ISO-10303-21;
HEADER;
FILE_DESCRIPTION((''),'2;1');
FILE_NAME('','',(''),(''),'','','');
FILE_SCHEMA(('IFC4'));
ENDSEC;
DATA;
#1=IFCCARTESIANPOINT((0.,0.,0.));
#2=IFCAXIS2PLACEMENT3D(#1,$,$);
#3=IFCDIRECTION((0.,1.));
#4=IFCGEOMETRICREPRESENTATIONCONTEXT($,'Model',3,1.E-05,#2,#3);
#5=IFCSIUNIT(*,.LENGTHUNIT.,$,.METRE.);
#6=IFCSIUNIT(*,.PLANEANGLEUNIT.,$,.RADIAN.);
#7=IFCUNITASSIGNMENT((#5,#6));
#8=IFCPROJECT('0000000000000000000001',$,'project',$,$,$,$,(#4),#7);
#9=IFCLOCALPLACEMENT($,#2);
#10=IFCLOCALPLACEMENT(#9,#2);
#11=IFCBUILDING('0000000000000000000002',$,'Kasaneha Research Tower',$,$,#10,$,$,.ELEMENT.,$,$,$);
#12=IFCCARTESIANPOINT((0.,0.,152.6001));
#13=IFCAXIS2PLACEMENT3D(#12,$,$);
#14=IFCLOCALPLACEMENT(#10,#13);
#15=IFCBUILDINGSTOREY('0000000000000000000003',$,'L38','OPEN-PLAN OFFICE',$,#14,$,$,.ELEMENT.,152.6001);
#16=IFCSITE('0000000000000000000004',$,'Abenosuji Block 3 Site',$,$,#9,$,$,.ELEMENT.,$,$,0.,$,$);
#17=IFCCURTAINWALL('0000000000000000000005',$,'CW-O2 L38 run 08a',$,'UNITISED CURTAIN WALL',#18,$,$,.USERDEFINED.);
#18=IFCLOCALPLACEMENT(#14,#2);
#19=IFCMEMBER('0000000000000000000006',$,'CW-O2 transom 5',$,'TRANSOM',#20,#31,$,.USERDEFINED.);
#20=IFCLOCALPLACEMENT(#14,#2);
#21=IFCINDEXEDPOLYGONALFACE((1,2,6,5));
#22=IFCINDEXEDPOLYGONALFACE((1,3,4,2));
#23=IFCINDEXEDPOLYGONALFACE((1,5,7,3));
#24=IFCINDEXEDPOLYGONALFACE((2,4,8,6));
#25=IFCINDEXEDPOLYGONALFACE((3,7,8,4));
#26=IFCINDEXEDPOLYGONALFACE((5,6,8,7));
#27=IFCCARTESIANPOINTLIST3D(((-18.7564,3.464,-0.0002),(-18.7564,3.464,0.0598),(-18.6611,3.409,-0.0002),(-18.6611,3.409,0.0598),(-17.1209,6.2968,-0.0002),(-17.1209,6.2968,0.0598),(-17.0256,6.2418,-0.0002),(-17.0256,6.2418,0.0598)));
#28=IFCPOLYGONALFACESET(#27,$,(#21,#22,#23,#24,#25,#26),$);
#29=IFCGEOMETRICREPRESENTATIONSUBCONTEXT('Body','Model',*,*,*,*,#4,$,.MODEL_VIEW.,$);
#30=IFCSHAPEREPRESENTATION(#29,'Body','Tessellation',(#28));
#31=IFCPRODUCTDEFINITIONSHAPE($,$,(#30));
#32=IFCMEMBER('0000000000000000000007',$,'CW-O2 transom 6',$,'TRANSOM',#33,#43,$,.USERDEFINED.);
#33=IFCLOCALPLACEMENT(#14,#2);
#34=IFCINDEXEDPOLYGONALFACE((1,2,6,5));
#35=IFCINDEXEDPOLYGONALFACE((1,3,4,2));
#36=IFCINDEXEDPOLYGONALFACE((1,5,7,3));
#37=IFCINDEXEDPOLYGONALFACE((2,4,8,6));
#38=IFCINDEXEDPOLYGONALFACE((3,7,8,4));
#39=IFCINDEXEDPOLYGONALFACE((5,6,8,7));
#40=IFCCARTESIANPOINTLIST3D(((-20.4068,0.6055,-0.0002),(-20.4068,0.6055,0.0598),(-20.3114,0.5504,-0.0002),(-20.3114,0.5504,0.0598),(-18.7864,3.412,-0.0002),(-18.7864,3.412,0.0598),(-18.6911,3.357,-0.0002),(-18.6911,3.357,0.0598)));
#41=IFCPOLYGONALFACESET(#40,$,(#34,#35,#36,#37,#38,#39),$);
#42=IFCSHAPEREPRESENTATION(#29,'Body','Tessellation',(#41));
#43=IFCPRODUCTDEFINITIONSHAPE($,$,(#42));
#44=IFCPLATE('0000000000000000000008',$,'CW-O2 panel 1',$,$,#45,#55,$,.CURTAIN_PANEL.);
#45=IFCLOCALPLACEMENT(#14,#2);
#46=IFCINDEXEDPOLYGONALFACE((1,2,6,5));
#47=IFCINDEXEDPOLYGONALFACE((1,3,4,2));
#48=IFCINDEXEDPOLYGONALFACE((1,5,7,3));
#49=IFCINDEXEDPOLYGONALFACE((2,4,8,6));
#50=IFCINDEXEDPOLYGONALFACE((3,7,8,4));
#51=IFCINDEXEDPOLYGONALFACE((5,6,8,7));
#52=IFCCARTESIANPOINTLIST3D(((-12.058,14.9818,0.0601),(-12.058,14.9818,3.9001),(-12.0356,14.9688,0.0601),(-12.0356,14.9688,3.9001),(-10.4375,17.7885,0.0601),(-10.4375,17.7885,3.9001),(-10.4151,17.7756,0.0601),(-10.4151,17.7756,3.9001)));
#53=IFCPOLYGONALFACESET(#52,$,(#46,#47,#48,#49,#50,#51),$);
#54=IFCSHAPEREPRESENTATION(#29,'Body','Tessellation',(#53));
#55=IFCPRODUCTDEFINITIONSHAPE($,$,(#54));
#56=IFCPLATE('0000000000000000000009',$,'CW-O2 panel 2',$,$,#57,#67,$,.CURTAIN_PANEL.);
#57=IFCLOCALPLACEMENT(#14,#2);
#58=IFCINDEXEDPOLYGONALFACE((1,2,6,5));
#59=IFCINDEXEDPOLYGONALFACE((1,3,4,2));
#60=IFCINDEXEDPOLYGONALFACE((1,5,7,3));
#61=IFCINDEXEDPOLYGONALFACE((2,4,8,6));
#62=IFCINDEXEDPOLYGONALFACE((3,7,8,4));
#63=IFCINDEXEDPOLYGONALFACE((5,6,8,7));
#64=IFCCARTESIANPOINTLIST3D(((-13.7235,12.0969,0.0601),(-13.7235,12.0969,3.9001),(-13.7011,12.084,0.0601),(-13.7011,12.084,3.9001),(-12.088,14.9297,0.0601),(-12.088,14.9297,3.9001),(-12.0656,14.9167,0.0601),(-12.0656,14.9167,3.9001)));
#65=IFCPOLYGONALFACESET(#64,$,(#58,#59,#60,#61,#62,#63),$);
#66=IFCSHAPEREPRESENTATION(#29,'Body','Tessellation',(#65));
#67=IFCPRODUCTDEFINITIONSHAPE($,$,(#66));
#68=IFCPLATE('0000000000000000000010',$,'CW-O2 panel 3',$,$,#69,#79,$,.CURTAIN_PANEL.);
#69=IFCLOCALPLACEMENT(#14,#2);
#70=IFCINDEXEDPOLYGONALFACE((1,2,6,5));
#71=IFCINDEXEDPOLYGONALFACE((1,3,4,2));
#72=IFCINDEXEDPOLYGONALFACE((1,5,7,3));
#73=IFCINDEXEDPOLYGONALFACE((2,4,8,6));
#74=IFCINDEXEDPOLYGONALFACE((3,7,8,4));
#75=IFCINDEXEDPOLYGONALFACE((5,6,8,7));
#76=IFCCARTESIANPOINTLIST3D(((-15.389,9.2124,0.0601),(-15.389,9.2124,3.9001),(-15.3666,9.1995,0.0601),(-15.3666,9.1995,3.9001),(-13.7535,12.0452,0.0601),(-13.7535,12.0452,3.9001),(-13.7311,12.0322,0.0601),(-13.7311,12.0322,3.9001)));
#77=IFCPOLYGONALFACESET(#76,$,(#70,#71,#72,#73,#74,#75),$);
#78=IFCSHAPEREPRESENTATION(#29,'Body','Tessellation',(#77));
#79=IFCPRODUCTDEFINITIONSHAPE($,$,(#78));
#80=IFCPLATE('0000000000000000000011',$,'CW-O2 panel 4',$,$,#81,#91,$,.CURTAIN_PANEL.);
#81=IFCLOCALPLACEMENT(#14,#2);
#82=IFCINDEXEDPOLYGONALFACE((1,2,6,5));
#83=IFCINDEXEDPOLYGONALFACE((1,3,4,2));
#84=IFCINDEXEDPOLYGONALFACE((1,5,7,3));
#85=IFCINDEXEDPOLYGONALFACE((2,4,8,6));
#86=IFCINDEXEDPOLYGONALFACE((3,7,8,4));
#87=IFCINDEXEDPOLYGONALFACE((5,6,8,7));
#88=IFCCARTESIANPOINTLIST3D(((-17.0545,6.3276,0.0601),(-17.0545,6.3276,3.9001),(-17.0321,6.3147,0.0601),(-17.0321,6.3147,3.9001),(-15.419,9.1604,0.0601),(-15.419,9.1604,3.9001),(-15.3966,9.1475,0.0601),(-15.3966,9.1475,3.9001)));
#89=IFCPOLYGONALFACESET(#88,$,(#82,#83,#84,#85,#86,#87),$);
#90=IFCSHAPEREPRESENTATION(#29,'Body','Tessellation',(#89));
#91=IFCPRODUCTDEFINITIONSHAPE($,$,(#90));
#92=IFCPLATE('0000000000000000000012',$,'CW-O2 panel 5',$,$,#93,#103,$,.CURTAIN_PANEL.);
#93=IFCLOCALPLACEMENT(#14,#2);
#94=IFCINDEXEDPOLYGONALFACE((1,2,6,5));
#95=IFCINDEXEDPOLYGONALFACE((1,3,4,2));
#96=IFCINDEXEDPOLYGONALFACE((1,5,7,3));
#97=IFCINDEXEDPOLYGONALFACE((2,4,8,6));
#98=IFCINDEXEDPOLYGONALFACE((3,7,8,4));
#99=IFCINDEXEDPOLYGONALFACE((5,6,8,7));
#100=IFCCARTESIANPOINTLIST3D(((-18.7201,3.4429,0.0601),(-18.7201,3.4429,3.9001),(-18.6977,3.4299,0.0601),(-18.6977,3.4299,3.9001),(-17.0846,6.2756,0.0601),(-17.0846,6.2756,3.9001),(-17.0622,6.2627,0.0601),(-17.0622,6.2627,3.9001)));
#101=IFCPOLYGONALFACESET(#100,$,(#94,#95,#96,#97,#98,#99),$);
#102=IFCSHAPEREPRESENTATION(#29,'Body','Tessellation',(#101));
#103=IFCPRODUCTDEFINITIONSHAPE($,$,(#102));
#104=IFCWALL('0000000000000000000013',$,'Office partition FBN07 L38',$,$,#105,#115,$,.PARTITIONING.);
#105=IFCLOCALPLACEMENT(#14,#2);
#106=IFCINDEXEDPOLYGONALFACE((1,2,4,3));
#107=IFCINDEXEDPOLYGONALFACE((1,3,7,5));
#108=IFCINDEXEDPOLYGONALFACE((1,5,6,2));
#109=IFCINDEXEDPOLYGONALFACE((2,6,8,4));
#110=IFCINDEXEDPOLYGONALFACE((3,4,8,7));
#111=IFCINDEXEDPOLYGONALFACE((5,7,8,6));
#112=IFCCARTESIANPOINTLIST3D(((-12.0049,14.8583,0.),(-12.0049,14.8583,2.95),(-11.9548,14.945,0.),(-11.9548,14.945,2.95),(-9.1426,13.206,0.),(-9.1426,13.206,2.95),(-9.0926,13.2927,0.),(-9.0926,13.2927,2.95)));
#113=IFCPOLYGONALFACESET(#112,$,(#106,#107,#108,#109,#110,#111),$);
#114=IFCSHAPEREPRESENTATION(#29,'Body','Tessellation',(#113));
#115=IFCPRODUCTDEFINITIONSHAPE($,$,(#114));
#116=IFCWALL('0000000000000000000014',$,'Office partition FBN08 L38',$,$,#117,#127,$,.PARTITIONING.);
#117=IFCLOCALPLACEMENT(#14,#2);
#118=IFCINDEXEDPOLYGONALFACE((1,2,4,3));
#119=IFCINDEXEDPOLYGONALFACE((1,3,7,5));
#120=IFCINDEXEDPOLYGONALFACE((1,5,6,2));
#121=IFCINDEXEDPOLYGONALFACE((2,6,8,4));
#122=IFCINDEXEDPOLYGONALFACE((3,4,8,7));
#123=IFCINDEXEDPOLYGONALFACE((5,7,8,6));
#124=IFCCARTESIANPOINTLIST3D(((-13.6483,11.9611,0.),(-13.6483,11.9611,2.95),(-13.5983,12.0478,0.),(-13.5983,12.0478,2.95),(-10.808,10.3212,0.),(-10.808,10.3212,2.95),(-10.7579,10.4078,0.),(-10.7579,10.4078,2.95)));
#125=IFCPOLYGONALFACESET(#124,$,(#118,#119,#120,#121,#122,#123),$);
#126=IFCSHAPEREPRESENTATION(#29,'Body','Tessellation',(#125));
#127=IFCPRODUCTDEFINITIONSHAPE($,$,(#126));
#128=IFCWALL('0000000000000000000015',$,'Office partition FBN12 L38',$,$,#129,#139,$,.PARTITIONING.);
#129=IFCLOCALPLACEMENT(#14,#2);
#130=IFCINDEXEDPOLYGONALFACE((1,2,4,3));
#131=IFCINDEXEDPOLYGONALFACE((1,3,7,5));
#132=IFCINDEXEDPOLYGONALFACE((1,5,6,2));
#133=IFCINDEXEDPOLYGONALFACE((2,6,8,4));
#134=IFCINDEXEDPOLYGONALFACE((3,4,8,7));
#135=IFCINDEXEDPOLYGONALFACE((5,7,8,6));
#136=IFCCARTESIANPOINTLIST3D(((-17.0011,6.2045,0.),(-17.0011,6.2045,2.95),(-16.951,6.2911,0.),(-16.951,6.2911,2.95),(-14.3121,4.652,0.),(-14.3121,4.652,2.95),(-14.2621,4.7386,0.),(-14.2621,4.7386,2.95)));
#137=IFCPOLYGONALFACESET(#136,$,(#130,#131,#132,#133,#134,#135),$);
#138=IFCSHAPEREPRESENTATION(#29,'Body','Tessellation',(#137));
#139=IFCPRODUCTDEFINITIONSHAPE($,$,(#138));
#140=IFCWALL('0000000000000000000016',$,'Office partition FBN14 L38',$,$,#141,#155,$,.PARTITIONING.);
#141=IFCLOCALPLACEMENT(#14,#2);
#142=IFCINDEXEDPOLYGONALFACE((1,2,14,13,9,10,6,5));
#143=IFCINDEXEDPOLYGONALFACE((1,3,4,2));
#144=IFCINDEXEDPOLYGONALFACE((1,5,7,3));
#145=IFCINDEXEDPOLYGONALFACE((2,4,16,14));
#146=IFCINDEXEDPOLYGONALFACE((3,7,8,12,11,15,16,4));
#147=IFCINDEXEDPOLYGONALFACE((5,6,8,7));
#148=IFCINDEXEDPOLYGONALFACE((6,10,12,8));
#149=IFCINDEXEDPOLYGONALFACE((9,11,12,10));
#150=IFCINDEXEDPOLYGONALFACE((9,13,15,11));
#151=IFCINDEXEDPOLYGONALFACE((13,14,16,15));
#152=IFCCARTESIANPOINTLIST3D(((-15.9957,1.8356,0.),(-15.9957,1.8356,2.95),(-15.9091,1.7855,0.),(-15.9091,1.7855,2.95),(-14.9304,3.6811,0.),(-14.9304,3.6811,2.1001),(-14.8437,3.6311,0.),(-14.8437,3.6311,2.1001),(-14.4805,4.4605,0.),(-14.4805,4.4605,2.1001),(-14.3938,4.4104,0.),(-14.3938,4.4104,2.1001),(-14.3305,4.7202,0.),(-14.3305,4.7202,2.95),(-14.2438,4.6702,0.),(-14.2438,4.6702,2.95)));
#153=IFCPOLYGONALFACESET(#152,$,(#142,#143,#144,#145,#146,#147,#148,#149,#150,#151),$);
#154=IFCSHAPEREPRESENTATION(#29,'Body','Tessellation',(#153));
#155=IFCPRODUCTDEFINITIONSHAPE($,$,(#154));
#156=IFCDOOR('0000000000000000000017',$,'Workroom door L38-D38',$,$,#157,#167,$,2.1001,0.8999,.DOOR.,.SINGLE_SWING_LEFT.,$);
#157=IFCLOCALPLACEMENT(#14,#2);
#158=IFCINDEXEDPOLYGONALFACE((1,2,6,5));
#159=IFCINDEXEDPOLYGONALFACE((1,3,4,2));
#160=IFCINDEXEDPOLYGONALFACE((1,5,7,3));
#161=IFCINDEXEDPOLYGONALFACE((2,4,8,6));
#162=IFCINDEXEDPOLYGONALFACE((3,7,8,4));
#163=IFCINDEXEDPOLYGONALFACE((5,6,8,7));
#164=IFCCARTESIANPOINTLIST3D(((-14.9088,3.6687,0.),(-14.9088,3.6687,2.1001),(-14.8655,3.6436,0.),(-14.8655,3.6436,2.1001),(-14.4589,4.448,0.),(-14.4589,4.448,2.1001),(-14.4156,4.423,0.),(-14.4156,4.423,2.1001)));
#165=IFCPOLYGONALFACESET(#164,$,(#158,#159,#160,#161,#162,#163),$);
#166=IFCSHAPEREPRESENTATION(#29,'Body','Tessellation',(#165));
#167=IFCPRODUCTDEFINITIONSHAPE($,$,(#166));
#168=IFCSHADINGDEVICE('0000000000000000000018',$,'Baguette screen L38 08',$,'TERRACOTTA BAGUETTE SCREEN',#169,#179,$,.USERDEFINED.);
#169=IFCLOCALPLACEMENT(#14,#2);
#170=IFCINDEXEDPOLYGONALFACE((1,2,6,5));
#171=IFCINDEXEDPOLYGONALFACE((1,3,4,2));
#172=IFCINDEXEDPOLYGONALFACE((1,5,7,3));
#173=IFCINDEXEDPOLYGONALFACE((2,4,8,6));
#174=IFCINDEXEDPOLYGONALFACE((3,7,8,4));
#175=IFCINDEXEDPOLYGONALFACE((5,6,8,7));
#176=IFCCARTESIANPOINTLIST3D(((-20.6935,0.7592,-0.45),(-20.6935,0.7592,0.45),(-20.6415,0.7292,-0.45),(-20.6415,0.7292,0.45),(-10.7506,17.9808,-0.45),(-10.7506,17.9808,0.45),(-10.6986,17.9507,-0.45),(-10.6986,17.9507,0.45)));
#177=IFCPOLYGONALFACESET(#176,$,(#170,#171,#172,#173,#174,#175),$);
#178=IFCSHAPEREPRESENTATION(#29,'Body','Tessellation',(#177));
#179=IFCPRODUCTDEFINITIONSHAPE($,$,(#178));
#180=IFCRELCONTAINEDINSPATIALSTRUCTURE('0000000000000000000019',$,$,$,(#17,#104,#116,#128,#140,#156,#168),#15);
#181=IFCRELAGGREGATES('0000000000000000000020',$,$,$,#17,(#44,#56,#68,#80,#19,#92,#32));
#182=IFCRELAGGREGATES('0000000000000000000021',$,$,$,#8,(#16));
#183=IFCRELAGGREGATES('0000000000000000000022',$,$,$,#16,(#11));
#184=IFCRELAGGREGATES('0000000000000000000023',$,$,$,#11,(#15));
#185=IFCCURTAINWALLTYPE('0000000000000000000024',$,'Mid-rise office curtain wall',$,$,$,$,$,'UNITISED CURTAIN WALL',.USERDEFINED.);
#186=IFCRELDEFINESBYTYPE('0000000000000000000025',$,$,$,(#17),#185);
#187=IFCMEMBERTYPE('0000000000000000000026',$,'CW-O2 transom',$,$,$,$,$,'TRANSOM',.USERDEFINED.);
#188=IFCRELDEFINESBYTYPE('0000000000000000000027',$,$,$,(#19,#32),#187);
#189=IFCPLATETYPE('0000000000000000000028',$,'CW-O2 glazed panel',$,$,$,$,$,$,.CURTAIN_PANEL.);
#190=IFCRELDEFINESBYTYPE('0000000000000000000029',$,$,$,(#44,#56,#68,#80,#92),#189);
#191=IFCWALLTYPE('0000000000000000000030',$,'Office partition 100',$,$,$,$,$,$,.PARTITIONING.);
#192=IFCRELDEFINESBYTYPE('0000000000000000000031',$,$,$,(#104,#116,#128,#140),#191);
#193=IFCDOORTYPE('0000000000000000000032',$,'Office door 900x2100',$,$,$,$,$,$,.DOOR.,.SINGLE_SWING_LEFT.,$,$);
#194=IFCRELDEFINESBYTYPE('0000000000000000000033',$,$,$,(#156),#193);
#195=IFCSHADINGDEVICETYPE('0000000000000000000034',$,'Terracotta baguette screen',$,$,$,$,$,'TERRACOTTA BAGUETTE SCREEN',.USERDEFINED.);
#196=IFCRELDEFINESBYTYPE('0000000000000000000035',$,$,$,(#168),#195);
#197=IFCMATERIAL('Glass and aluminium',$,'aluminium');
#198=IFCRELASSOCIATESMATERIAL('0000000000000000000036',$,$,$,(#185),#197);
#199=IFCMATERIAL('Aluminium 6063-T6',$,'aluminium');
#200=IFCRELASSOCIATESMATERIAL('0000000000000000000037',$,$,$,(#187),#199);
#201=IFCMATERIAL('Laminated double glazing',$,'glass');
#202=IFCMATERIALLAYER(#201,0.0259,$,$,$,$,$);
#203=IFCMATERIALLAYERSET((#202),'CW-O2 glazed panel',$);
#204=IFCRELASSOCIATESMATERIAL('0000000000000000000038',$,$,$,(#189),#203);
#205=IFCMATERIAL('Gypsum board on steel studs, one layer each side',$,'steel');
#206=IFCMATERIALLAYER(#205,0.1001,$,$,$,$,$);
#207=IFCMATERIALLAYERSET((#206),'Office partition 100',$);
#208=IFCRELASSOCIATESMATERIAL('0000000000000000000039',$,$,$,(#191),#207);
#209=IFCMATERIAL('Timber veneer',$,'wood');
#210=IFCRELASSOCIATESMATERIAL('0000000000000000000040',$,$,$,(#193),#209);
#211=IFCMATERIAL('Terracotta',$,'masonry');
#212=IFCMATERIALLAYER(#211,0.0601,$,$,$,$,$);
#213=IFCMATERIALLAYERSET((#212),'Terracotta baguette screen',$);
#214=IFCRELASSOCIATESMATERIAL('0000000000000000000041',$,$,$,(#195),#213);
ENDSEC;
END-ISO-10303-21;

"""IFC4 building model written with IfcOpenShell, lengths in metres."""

from ifc_helpers import new_model, si_unit, direction, frame, frame_2d, origin, origin_2d, place, context, subcontext, project, spatial, rectangle, extrude, material, layer, layer_set, material_profile, profile_set, type_object, element, fill, aggregate, save


model = new_model("IFC4")

# Units and contexts
model_context = context("Model", 3, precision=1e-05, world=origin(), true_north=direction((0.0, 1.0)))
body_context = subcontext(model_context, "Body", "Model", "MODEL_VIEW")
ifc_project = project(units=[si_unit("LENGTHUNIT", "METRE"), si_unit("PLANEANGLEUNIT", "RADIAN")], contexts=[model_context])

# Site, building, storey
site_placement = place(None, origin())
site = spatial("IfcSite", under=ifc_project, at=site_placement, Name="Abenosuji Block 3 Site", CompositionType="ELEMENT", RefElevation=0.0)
building_placement = place(site_placement, origin())
building = spatial("IfcBuilding", under=site, at=building_placement, Name="Kasaneha Research Tower", CompositionType="ELEMENT")
storey_placement = place(building_placement, frame((0.0, 0.0, 152.6001)))
storey = spatial("IfcBuildingStorey", under=building, at=storey_placement, Name="L38", Description="OPEN-PLAN OFFICE", CompositionType="ELEMENT", Elevation=152.6001)

# Shared definitions
ifc_material_1 = material(Name="Glass and aluminium", Category="aluminium")
curtain_wall_type = type_object("IfcCurtainWallType", Name="Mid-rise office curtain wall", ElementType="UNITISED CURTAIN WALL", PredefinedType="USERDEFINED", material=ifc_material_1)

# Curtain wall, members, plates
curtain_wall_1_placement = place(storey_placement, origin())
curtain_wall_1 = element("IfcCurtainWall", 1, at=curtain_wall_1_placement, inside=storey, type_object=curtain_wall_type, Name="CW-O2 L38 run 08a", ObjectType="UNITISED CURTAIN WALL", PredefinedType="USERDEFINED")
ifc_material_2 = material(Name="Aluminium 6063-T6", Category="aluminium")
ifc_material_profile_1 = material_profile(ifc_material_2, rectangle(XDim=0.1101, YDim=0.0601, at=origin_2d()), Name="CW-O2 transom 110x60")
ifc_profile_set_1 = profile_set([ifc_material_profile_1], Name="Aluminium 6063-T6")
member_type_1 = type_object("IfcMemberType", Name="CW-O2 transom", ElementType="TRANSOM", PredefinedType="USERDEFINED", material=ifc_profile_set_1)
member_1_placement = place(storey_placement, frame((-17.0732, 6.2693, 0.0298), z_axis=(-0.5, -0.866025, 0.0), x_axis=(0.866025, -0.5, 0.0)))
member_1 = element("IfcMember", 2, at=member_1_placement, type_object=member_type_1, Name="CW-O2 transom 5", ObjectType="TRANSOM", PredefinedType="USERDEFINED", context=body_context, shape_type="SweptSolid", body=[
    extrude(rectangle(XDim=0.1101, YDim=0.0601, at=origin_2d()), origin(), (0.0, 0.0, 1.0), 3.271),
])
member_2_placement = place(storey_placement, frame((-18.7388, 3.3845, 0.0298), z_axis=(-0.499988, -0.866033, 0.0), x_axis=(0.866033, -0.499988, 0.0)))
member_2 = element("IfcMember", 3, at=member_2_placement, type_object=member_type_1, Name="CW-O2 transom 6", ObjectType="TRANSOM", PredefinedType="USERDEFINED", context=body_context, shape_type="SweptSolid", body=[
    extrude(rectangle(XDim=0.1101, YDim=0.0601, at=origin_2d()), origin(), (0.0, 0.0, 1.0), 3.2407),
])
ifc_material_3 = material(Name="Laminated double glazing", Category="glass")
ifc_layer_1 = layer(ifc_material_3, 0.0259)
ifc_layer_set_1 = layer_set([ifc_layer_1], Name="CW-O2 glazed panel")
plate_type = type_object("IfcPlateType", Name="CW-O2 glazed panel", PredefinedType="CURTAIN_PANEL", material=ifc_layer_set_1)
plate_1_placement = place(storey_placement, frame((-11.2366, 16.3787, 0.0601), z_axis=(0.0, 0.0, 1.0), x_axis=(-0.5, -0.866025, 0.0)))
plate_1 = element("IfcPlate", 4, at=plate_1_placement, type_object=plate_type, Name="CW-O2 panel 1", PredefinedType="CURTAIN_PANEL", context=body_context, shape_type="SweptSolid", body=[
    extrude(rectangle(XDim=3.241, YDim=0.0259, at=origin_2d()), origin(), (0.0, 0.0, 1.0), 3.8401),
])
plate_2_placement = place(storey_placement, frame((-12.8945, 13.5068, 0.0601), z_axis=(0.0, 0.0, 1.0), x_axis=(-0.5, -0.866025, 0.0)))
plate_2 = element("IfcPlate", 5, at=plate_2_placement, type_object=plate_type, Name="CW-O2 panel 2", PredefinedType="CURTAIN_PANEL", context=body_context, shape_type="SweptSolid", body=[
    extrude(rectangle(XDim=3.271, YDim=0.0259, at=origin_2d()), origin(), (0.0, 0.0, 1.0), 3.8401),
])
plate_3_placement = place(storey_placement, frame((-14.5601, 10.6223, 0.0601), z_axis=(0.0, 0.0, 1.0), x_axis=(-0.5, -0.866025, 0.0)))
plate_3 = element("IfcPlate", 6, at=plate_3_placement, type_object=plate_type, Name="CW-O2 panel 3", PredefinedType="CURTAIN_PANEL", context=body_context, shape_type="SweptSolid", body=[
    extrude(rectangle(XDim=3.271, YDim=0.0259, at=origin_2d()), origin(), (0.0, 0.0, 1.0), 3.8401),
])
plate_4_placement = place(storey_placement, frame((-16.2256, 7.7375, 0.0601), z_axis=(0.0, 0.0, 1.0), x_axis=(-0.5, -0.866025, 0.0)))
plate_4 = element("IfcPlate", 7, at=plate_4_placement, type_object=plate_type, Name="CW-O2 panel 4", PredefinedType="CURTAIN_PANEL", context=body_context, shape_type="SweptSolid", body=[
    extrude(rectangle(XDim=3.271, YDim=0.0259, at=origin_2d()), origin(), (0.0, 0.0, 1.0), 3.8401),
])
plate_5_placement = place(storey_placement, frame((-17.8911, 4.8528, 0.0601), z_axis=(0.0, 0.0, 1.0), x_axis=(-0.5, -0.866025, 0.0)))
plate_5 = element("IfcPlate", 8, at=plate_5_placement, type_object=plate_type, Name="CW-O2 panel 5", PredefinedType="CURTAIN_PANEL", context=body_context, shape_type="SweptSolid", body=[
    extrude(rectangle(XDim=3.271, YDim=0.0259, at=origin_2d()), origin(), (0.0, 0.0, 1.0), 3.8401),
])
aggregate(curtain_wall_1, [plate_1, plate_2, plate_3, plate_4, member_1, plate_5, member_2])

# Walls
ifc_material_4 = material(Name="Gypsum board on steel studs, one layer each side", Category="steel")
ifc_layer_2 = layer(ifc_material_4, 0.1001)
ifc_layer_set_2 = layer_set([ifc_layer_2], Name="Office partition 100")
wall_type = type_object("IfcWallType", Name="Office partition 100", PredefinedType="PARTITIONING", material=ifc_layer_set_2)
wall_1_placement = place(storey_placement, frame((-11.9797, 14.9016, 0.0), z_axis=(0.0, 0.0, 1.0), x_axis=(0.866053, -0.499953, 0.0)))
element("IfcWall", 9, at=wall_1_placement, inside=storey, type_object=wall_type, Name="Office partition FBN07 L38", PredefinedType="PARTITIONING", context=body_context, shape_type="SweptSolid", body=[
    extrude(rectangle(XDim=3.3049, YDim=0.1001, at=frame_2d((1.6523, 0.0))), origin(), (0.0, 0.0, 1.0), 2.95),
])
wall_2_placement = place(storey_placement, frame((-10.783, 10.3645, 0.0), z_axis=(0.0, 0.0, 1.0), x_axis=(-0.866022, 0.500006, 0.0)))
element("IfcWall", 10, at=wall_2_placement, inside=storey, type_object=wall_type, Name="Office partition FBN08 L38", PredefinedType="PARTITIONING", context=body_context, shape_type="SweptSolid", body=[
    extrude(rectangle(XDim=3.2798, YDim=0.1001, at=frame_2d((1.6399, 0.0))), origin(), (0.0, 0.0, 1.0), 2.95),
])
wall_3_placement = place(storey_placement, frame((-16.9761, 6.2478, 0.0), z_axis=(0.0, 0.0, 1.0), x_axis=(0.866023, -0.500004, 0.0)))
element("IfcWall", 11, at=wall_3_placement, inside=storey, type_object=wall_type, Name="Office partition FBN12 L38", PredefinedType="PARTITIONING", context=body_context, shape_type="SweptSolid", body=[
    extrude(rectangle(XDim=3.105, YDim=0.1001, at=frame_2d((1.5525, 0.0))), origin(), (0.0, 0.0, 1.0), 2.95),
])

# Wall, opening, door
wall_4_placement = place(storey_placement, frame((-14.2871, 4.6953, 0.0), z_axis=(0.0, 0.0, 1.0), x_axis=(-0.499947, -0.866056, 0.0)))
wall_4 = element("IfcWall", 12, at=wall_4_placement, inside=storey, type_object=wall_type, Name="Office partition FBN14 L38", PredefinedType="PARTITIONING", context=body_context, shape_type="SweptSolid", body=[
    extrude(rectangle(XDim=3.3308, YDim=0.1001, at=frame_2d((1.6655, 0.0))), origin(), (0.0, 0.0, 1.0), 2.95),
])
opening_placement = place(wall_4_placement, frame((0.3, 0.0, 0.0)))
opening = element("IfcOpeningElement", 13, at=opening_placement, cuts=wall_4, PredefinedType="OPENING", context=body_context, shape_type="SweptSolid", body=[
    extrude(rectangle(XDim=0.8999, YDim=2.1001, at=frame_2d((0.45, 1.05))), frame((0.0, 0.0601, 0.0), z_axis=(0.0, -1.0, 0.0), x_axis=(1.0, 0.0, 0.0)), (0.0, 0.0, 1.0), 0.1201),
])
ifc_material_5 = material(Name="Timber veneer", Category="wood")
door_type = type_object("IfcDoorType", Name="Office door 900x2100", OperationType="SINGLE_SWING_LEFT", PredefinedType="DOOR", material=ifc_material_5)
door_placement = place(opening_placement, origin())
door = element("IfcDoor", 14, at=door_placement, inside=storey, type_object=door_type, Name="Workroom door L38-D38", OperationType="SINGLE_SWING_LEFT", OverallHeight=2.1001, OverallWidth=0.8999, PredefinedType="DOOR", context=body_context, shape_type="SweptSolid", body=[
    extrude(rectangle(XDim=0.8999, YDim=2.1001, at=frame_2d((0.45, 1.05))), frame((0.0, 0.0249, 0.0), z_axis=(0.0, -1.0, 0.0), x_axis=(1.0, 0.0, 0.0)), (0.0, 0.0, 1.0), 0.05),
])
fill(opening, door)

# Shading device
ifc_material_6 = material(Name="Terracotta", Category="masonry")
ifc_layer_3 = layer(ifc_material_6, 0.0601)
ifc_layer_set_3 = layer_set([ifc_layer_3], Name="Terracotta baguette screen")
shading_device_type = type_object("IfcShadingDeviceType", Name="Terracotta baguette screen", ElementType="TERRACOTTA BAGUETTE SCREEN", PredefinedType="USERDEFINED", material=ifc_layer_set_3)
shading_device_placement = place(storey_placement, frame((-15.696, 9.355, -0.45), z_axis=(0.0, 0.0, 1.0), x_axis=(-0.5, -0.866025, 0.0)))
element("IfcShadingDevice", 15, at=shading_device_placement, inside=storey, type_object=shading_device_type, Name="Baguette screen L38 08", ObjectType="TERRACOTTA BAGUETTE SCREEN", PredefinedType="USERDEFINED", context=body_context, shape_type="SweptSolid", body=[
    extrude(rectangle(XDim=19.8857, YDim=0.0601, at=origin_2d()), origin(), (0.0, 0.0, 1.0), 0.8999),
])

save(model, "model.ifc")
